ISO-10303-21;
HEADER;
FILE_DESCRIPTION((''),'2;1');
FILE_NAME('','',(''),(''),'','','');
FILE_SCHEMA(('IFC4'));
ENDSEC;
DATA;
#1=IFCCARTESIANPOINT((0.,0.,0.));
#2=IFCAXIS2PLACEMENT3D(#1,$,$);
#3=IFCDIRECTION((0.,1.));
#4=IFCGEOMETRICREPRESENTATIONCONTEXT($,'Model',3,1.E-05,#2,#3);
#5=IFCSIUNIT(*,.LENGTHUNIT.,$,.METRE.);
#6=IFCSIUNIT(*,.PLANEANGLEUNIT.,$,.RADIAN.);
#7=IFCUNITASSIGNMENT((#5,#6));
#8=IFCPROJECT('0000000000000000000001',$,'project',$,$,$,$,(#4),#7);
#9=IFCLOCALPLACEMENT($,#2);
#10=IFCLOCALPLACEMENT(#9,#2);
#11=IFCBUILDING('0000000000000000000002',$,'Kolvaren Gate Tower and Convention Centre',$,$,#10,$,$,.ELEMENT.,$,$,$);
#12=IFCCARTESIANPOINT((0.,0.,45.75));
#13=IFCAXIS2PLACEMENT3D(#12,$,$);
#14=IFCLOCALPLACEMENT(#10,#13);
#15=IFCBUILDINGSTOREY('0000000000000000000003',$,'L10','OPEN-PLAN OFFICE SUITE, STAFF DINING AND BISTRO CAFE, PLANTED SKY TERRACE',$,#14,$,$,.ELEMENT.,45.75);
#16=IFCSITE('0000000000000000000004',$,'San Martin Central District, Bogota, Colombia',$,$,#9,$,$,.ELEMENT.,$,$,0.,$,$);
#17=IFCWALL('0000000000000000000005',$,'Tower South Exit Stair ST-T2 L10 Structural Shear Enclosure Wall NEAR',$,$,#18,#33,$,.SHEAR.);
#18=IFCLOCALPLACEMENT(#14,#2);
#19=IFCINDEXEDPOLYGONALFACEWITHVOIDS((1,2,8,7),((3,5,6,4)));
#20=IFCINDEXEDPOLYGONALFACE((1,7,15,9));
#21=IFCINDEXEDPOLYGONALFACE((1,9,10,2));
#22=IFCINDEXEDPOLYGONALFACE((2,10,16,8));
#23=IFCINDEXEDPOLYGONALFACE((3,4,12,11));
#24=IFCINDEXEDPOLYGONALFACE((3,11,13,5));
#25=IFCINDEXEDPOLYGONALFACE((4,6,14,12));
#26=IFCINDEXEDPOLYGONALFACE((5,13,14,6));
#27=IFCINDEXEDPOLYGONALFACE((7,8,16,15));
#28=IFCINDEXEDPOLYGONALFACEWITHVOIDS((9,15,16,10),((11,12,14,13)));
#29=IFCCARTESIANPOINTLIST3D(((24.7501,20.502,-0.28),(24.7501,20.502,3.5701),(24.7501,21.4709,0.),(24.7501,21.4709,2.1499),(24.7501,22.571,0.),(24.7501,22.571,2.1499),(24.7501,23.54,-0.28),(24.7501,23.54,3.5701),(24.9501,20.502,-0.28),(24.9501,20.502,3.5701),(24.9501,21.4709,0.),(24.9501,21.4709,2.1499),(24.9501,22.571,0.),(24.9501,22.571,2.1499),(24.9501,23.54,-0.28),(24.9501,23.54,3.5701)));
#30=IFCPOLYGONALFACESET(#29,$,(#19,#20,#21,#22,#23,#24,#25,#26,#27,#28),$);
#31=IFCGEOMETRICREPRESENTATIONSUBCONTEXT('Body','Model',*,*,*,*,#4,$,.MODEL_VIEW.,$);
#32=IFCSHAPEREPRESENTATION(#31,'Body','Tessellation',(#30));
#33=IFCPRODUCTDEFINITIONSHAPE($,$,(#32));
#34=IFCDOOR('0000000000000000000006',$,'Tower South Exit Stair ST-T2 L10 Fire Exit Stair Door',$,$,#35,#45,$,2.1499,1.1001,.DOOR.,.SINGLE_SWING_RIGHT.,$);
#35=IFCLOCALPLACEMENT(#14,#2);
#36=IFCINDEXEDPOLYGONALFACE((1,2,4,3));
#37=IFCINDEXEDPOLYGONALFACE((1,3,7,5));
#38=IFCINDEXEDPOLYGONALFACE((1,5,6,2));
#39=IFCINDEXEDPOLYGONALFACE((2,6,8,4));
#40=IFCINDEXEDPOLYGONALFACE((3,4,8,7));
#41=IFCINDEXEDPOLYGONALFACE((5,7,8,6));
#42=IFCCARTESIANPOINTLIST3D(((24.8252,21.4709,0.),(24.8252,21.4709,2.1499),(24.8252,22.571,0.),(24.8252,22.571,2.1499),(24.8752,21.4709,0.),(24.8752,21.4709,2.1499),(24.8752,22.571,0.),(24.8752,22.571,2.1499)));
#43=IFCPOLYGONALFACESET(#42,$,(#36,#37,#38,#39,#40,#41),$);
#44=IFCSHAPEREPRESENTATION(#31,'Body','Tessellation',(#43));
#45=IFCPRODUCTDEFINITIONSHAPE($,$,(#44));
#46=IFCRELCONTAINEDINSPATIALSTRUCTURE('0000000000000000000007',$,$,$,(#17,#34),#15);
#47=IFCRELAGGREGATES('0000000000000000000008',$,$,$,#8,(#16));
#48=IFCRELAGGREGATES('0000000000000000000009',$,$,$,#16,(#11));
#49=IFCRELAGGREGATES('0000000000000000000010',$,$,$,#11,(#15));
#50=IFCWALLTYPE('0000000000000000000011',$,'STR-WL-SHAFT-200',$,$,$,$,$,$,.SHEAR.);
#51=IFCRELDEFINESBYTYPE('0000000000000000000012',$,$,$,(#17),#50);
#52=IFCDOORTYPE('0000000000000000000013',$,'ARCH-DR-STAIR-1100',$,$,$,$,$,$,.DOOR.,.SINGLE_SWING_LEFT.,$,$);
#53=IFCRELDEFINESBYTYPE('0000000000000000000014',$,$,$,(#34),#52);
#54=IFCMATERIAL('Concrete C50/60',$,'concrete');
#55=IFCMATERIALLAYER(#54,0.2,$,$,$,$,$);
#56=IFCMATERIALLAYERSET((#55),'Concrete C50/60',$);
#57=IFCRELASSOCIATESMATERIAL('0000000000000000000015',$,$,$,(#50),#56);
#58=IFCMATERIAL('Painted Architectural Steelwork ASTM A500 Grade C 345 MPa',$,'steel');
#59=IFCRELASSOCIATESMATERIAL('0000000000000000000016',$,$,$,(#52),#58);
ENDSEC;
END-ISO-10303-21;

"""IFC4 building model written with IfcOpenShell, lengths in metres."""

from ifc_helpers import new_model, si_unit, direction, frame, frame_2d, origin, place, context, subcontext, project, spatial, rectangle, extrude, material, layer, layer_set, type_object, element, fill, save


model = new_model("IFC4")

# Units and contexts
model_context = context("Model", 3, precision=1e-05, world=origin(), true_north=direction((0.0, 1.0)))
body_context = subcontext(model_context, "Body", "Model", "MODEL_VIEW")
ifc_project = project(units=[si_unit("LENGTHUNIT", "METRE"), si_unit("PLANEANGLEUNIT", "RADIAN")], contexts=[model_context])

# Site, building, storey
site_placement = place(None, origin())
site = spatial("IfcSite", under=ifc_project, at=site_placement, Name="San Martin Central District, Bogota, Colombia", CompositionType="ELEMENT", RefElevation=0.0)
building_placement = place(site_placement, origin())
building = spatial("IfcBuilding", under=site, at=building_placement, Name="Kolvaren Gate Tower and Convention Centre", CompositionType="ELEMENT")
storey_placement = place(building_placement, frame((0.0, 0.0, 45.75)))
storey = spatial("IfcBuildingStorey", under=building, at=storey_placement, Name="L10", Description="OPEN-PLAN OFFICE SUITE, STAFF DINING AND BISTRO CAFE, PLANTED SKY TERRACE", CompositionType="ELEMENT", Elevation=45.75)

# Shared definitions
ifc_material_1 = material(Name="Painted Architectural Steelwork ASTM A500 Grade C 345 MPa", Category="steel")

# Wall, opening, door
ifc_material_2 = material(Name="Concrete C50/60", Category="concrete")
ifc_layer_1 = layer(ifc_material_2, 0.2)
ifc_layer_set_1 = layer_set([ifc_layer_1], Name="Concrete C50/60")
wall_type_1 = type_object("IfcWallType", Name="STR-WL-SHAFT-200", PredefinedType="SHEAR", material=ifc_layer_set_1)
wall_1_placement = place(storey_placement, frame((24.8501, 20.502, -0.28), z_axis=(0.0, 0.0, 1.0), x_axis=(0.0, 1.0, 0.0)))
wall_1 = element("IfcWall", 1, at=wall_1_placement, inside=storey, type_object=wall_type_1, Name="Tower South Exit Stair ST-T2 L10 Structural Shear Enclosure Wall NEAR", PredefinedType="SHEAR", context=body_context, shape_type="SweptSolid", body=[
    extrude(rectangle(XDim=3.0381, YDim=0.2, at=frame_2d((1.519, 0.0))), origin(), (0.0, 0.0, 1.0), 3.8501),
])
opening_1_placement = place(wall_1_placement, frame((0.969, 0.0, 0.28)))
opening_1 = element("IfcOpeningElement", 2, at=opening_1_placement, cuts=wall_1, PredefinedType="OPENING", context=body_context, shape_type="SweptSolid", body=[
    extrude(rectangle(XDim=1.1001, YDim=2.1499, at=frame_2d((0.55, 1.075))), frame((0.0, 0.1099, 0.0), z_axis=(0.0, -1.0, 0.0), x_axis=(1.0, 0.0, 0.0)), (0.0, 0.0, 1.0), 0.22),
])
door_type_1 = type_object("IfcDoorType", Name="ARCH-DR-STAIR-1100", OperationType="SINGLE_SWING_LEFT", PredefinedType="DOOR", material=ifc_material_1)
door_1_placement = place(opening_1_placement, origin())
door_1 = element("IfcDoor", 3, at=door_1_placement, inside=storey, type_object=door_type_1, Name="Tower South Exit Stair ST-T2 L10 Fire Exit Stair Door", OperationType="SINGLE_SWING_RIGHT", OverallHeight=2.1499, OverallWidth=1.1001, PredefinedType="DOOR", context=body_context, shape_type="SweptSolid", body=[
    extrude(rectangle(XDim=1.1001, YDim=2.1499, at=frame_2d((0.55, 1.075))), frame((0.0, 0.0249, 0.0), z_axis=(0.0, -1.0, 0.0), x_axis=(1.0, 0.0, 0.0)), (0.0, 0.0, 1.0), 0.05),
])
fill(opening_1, door_1)

save(model, "model.ifc")
